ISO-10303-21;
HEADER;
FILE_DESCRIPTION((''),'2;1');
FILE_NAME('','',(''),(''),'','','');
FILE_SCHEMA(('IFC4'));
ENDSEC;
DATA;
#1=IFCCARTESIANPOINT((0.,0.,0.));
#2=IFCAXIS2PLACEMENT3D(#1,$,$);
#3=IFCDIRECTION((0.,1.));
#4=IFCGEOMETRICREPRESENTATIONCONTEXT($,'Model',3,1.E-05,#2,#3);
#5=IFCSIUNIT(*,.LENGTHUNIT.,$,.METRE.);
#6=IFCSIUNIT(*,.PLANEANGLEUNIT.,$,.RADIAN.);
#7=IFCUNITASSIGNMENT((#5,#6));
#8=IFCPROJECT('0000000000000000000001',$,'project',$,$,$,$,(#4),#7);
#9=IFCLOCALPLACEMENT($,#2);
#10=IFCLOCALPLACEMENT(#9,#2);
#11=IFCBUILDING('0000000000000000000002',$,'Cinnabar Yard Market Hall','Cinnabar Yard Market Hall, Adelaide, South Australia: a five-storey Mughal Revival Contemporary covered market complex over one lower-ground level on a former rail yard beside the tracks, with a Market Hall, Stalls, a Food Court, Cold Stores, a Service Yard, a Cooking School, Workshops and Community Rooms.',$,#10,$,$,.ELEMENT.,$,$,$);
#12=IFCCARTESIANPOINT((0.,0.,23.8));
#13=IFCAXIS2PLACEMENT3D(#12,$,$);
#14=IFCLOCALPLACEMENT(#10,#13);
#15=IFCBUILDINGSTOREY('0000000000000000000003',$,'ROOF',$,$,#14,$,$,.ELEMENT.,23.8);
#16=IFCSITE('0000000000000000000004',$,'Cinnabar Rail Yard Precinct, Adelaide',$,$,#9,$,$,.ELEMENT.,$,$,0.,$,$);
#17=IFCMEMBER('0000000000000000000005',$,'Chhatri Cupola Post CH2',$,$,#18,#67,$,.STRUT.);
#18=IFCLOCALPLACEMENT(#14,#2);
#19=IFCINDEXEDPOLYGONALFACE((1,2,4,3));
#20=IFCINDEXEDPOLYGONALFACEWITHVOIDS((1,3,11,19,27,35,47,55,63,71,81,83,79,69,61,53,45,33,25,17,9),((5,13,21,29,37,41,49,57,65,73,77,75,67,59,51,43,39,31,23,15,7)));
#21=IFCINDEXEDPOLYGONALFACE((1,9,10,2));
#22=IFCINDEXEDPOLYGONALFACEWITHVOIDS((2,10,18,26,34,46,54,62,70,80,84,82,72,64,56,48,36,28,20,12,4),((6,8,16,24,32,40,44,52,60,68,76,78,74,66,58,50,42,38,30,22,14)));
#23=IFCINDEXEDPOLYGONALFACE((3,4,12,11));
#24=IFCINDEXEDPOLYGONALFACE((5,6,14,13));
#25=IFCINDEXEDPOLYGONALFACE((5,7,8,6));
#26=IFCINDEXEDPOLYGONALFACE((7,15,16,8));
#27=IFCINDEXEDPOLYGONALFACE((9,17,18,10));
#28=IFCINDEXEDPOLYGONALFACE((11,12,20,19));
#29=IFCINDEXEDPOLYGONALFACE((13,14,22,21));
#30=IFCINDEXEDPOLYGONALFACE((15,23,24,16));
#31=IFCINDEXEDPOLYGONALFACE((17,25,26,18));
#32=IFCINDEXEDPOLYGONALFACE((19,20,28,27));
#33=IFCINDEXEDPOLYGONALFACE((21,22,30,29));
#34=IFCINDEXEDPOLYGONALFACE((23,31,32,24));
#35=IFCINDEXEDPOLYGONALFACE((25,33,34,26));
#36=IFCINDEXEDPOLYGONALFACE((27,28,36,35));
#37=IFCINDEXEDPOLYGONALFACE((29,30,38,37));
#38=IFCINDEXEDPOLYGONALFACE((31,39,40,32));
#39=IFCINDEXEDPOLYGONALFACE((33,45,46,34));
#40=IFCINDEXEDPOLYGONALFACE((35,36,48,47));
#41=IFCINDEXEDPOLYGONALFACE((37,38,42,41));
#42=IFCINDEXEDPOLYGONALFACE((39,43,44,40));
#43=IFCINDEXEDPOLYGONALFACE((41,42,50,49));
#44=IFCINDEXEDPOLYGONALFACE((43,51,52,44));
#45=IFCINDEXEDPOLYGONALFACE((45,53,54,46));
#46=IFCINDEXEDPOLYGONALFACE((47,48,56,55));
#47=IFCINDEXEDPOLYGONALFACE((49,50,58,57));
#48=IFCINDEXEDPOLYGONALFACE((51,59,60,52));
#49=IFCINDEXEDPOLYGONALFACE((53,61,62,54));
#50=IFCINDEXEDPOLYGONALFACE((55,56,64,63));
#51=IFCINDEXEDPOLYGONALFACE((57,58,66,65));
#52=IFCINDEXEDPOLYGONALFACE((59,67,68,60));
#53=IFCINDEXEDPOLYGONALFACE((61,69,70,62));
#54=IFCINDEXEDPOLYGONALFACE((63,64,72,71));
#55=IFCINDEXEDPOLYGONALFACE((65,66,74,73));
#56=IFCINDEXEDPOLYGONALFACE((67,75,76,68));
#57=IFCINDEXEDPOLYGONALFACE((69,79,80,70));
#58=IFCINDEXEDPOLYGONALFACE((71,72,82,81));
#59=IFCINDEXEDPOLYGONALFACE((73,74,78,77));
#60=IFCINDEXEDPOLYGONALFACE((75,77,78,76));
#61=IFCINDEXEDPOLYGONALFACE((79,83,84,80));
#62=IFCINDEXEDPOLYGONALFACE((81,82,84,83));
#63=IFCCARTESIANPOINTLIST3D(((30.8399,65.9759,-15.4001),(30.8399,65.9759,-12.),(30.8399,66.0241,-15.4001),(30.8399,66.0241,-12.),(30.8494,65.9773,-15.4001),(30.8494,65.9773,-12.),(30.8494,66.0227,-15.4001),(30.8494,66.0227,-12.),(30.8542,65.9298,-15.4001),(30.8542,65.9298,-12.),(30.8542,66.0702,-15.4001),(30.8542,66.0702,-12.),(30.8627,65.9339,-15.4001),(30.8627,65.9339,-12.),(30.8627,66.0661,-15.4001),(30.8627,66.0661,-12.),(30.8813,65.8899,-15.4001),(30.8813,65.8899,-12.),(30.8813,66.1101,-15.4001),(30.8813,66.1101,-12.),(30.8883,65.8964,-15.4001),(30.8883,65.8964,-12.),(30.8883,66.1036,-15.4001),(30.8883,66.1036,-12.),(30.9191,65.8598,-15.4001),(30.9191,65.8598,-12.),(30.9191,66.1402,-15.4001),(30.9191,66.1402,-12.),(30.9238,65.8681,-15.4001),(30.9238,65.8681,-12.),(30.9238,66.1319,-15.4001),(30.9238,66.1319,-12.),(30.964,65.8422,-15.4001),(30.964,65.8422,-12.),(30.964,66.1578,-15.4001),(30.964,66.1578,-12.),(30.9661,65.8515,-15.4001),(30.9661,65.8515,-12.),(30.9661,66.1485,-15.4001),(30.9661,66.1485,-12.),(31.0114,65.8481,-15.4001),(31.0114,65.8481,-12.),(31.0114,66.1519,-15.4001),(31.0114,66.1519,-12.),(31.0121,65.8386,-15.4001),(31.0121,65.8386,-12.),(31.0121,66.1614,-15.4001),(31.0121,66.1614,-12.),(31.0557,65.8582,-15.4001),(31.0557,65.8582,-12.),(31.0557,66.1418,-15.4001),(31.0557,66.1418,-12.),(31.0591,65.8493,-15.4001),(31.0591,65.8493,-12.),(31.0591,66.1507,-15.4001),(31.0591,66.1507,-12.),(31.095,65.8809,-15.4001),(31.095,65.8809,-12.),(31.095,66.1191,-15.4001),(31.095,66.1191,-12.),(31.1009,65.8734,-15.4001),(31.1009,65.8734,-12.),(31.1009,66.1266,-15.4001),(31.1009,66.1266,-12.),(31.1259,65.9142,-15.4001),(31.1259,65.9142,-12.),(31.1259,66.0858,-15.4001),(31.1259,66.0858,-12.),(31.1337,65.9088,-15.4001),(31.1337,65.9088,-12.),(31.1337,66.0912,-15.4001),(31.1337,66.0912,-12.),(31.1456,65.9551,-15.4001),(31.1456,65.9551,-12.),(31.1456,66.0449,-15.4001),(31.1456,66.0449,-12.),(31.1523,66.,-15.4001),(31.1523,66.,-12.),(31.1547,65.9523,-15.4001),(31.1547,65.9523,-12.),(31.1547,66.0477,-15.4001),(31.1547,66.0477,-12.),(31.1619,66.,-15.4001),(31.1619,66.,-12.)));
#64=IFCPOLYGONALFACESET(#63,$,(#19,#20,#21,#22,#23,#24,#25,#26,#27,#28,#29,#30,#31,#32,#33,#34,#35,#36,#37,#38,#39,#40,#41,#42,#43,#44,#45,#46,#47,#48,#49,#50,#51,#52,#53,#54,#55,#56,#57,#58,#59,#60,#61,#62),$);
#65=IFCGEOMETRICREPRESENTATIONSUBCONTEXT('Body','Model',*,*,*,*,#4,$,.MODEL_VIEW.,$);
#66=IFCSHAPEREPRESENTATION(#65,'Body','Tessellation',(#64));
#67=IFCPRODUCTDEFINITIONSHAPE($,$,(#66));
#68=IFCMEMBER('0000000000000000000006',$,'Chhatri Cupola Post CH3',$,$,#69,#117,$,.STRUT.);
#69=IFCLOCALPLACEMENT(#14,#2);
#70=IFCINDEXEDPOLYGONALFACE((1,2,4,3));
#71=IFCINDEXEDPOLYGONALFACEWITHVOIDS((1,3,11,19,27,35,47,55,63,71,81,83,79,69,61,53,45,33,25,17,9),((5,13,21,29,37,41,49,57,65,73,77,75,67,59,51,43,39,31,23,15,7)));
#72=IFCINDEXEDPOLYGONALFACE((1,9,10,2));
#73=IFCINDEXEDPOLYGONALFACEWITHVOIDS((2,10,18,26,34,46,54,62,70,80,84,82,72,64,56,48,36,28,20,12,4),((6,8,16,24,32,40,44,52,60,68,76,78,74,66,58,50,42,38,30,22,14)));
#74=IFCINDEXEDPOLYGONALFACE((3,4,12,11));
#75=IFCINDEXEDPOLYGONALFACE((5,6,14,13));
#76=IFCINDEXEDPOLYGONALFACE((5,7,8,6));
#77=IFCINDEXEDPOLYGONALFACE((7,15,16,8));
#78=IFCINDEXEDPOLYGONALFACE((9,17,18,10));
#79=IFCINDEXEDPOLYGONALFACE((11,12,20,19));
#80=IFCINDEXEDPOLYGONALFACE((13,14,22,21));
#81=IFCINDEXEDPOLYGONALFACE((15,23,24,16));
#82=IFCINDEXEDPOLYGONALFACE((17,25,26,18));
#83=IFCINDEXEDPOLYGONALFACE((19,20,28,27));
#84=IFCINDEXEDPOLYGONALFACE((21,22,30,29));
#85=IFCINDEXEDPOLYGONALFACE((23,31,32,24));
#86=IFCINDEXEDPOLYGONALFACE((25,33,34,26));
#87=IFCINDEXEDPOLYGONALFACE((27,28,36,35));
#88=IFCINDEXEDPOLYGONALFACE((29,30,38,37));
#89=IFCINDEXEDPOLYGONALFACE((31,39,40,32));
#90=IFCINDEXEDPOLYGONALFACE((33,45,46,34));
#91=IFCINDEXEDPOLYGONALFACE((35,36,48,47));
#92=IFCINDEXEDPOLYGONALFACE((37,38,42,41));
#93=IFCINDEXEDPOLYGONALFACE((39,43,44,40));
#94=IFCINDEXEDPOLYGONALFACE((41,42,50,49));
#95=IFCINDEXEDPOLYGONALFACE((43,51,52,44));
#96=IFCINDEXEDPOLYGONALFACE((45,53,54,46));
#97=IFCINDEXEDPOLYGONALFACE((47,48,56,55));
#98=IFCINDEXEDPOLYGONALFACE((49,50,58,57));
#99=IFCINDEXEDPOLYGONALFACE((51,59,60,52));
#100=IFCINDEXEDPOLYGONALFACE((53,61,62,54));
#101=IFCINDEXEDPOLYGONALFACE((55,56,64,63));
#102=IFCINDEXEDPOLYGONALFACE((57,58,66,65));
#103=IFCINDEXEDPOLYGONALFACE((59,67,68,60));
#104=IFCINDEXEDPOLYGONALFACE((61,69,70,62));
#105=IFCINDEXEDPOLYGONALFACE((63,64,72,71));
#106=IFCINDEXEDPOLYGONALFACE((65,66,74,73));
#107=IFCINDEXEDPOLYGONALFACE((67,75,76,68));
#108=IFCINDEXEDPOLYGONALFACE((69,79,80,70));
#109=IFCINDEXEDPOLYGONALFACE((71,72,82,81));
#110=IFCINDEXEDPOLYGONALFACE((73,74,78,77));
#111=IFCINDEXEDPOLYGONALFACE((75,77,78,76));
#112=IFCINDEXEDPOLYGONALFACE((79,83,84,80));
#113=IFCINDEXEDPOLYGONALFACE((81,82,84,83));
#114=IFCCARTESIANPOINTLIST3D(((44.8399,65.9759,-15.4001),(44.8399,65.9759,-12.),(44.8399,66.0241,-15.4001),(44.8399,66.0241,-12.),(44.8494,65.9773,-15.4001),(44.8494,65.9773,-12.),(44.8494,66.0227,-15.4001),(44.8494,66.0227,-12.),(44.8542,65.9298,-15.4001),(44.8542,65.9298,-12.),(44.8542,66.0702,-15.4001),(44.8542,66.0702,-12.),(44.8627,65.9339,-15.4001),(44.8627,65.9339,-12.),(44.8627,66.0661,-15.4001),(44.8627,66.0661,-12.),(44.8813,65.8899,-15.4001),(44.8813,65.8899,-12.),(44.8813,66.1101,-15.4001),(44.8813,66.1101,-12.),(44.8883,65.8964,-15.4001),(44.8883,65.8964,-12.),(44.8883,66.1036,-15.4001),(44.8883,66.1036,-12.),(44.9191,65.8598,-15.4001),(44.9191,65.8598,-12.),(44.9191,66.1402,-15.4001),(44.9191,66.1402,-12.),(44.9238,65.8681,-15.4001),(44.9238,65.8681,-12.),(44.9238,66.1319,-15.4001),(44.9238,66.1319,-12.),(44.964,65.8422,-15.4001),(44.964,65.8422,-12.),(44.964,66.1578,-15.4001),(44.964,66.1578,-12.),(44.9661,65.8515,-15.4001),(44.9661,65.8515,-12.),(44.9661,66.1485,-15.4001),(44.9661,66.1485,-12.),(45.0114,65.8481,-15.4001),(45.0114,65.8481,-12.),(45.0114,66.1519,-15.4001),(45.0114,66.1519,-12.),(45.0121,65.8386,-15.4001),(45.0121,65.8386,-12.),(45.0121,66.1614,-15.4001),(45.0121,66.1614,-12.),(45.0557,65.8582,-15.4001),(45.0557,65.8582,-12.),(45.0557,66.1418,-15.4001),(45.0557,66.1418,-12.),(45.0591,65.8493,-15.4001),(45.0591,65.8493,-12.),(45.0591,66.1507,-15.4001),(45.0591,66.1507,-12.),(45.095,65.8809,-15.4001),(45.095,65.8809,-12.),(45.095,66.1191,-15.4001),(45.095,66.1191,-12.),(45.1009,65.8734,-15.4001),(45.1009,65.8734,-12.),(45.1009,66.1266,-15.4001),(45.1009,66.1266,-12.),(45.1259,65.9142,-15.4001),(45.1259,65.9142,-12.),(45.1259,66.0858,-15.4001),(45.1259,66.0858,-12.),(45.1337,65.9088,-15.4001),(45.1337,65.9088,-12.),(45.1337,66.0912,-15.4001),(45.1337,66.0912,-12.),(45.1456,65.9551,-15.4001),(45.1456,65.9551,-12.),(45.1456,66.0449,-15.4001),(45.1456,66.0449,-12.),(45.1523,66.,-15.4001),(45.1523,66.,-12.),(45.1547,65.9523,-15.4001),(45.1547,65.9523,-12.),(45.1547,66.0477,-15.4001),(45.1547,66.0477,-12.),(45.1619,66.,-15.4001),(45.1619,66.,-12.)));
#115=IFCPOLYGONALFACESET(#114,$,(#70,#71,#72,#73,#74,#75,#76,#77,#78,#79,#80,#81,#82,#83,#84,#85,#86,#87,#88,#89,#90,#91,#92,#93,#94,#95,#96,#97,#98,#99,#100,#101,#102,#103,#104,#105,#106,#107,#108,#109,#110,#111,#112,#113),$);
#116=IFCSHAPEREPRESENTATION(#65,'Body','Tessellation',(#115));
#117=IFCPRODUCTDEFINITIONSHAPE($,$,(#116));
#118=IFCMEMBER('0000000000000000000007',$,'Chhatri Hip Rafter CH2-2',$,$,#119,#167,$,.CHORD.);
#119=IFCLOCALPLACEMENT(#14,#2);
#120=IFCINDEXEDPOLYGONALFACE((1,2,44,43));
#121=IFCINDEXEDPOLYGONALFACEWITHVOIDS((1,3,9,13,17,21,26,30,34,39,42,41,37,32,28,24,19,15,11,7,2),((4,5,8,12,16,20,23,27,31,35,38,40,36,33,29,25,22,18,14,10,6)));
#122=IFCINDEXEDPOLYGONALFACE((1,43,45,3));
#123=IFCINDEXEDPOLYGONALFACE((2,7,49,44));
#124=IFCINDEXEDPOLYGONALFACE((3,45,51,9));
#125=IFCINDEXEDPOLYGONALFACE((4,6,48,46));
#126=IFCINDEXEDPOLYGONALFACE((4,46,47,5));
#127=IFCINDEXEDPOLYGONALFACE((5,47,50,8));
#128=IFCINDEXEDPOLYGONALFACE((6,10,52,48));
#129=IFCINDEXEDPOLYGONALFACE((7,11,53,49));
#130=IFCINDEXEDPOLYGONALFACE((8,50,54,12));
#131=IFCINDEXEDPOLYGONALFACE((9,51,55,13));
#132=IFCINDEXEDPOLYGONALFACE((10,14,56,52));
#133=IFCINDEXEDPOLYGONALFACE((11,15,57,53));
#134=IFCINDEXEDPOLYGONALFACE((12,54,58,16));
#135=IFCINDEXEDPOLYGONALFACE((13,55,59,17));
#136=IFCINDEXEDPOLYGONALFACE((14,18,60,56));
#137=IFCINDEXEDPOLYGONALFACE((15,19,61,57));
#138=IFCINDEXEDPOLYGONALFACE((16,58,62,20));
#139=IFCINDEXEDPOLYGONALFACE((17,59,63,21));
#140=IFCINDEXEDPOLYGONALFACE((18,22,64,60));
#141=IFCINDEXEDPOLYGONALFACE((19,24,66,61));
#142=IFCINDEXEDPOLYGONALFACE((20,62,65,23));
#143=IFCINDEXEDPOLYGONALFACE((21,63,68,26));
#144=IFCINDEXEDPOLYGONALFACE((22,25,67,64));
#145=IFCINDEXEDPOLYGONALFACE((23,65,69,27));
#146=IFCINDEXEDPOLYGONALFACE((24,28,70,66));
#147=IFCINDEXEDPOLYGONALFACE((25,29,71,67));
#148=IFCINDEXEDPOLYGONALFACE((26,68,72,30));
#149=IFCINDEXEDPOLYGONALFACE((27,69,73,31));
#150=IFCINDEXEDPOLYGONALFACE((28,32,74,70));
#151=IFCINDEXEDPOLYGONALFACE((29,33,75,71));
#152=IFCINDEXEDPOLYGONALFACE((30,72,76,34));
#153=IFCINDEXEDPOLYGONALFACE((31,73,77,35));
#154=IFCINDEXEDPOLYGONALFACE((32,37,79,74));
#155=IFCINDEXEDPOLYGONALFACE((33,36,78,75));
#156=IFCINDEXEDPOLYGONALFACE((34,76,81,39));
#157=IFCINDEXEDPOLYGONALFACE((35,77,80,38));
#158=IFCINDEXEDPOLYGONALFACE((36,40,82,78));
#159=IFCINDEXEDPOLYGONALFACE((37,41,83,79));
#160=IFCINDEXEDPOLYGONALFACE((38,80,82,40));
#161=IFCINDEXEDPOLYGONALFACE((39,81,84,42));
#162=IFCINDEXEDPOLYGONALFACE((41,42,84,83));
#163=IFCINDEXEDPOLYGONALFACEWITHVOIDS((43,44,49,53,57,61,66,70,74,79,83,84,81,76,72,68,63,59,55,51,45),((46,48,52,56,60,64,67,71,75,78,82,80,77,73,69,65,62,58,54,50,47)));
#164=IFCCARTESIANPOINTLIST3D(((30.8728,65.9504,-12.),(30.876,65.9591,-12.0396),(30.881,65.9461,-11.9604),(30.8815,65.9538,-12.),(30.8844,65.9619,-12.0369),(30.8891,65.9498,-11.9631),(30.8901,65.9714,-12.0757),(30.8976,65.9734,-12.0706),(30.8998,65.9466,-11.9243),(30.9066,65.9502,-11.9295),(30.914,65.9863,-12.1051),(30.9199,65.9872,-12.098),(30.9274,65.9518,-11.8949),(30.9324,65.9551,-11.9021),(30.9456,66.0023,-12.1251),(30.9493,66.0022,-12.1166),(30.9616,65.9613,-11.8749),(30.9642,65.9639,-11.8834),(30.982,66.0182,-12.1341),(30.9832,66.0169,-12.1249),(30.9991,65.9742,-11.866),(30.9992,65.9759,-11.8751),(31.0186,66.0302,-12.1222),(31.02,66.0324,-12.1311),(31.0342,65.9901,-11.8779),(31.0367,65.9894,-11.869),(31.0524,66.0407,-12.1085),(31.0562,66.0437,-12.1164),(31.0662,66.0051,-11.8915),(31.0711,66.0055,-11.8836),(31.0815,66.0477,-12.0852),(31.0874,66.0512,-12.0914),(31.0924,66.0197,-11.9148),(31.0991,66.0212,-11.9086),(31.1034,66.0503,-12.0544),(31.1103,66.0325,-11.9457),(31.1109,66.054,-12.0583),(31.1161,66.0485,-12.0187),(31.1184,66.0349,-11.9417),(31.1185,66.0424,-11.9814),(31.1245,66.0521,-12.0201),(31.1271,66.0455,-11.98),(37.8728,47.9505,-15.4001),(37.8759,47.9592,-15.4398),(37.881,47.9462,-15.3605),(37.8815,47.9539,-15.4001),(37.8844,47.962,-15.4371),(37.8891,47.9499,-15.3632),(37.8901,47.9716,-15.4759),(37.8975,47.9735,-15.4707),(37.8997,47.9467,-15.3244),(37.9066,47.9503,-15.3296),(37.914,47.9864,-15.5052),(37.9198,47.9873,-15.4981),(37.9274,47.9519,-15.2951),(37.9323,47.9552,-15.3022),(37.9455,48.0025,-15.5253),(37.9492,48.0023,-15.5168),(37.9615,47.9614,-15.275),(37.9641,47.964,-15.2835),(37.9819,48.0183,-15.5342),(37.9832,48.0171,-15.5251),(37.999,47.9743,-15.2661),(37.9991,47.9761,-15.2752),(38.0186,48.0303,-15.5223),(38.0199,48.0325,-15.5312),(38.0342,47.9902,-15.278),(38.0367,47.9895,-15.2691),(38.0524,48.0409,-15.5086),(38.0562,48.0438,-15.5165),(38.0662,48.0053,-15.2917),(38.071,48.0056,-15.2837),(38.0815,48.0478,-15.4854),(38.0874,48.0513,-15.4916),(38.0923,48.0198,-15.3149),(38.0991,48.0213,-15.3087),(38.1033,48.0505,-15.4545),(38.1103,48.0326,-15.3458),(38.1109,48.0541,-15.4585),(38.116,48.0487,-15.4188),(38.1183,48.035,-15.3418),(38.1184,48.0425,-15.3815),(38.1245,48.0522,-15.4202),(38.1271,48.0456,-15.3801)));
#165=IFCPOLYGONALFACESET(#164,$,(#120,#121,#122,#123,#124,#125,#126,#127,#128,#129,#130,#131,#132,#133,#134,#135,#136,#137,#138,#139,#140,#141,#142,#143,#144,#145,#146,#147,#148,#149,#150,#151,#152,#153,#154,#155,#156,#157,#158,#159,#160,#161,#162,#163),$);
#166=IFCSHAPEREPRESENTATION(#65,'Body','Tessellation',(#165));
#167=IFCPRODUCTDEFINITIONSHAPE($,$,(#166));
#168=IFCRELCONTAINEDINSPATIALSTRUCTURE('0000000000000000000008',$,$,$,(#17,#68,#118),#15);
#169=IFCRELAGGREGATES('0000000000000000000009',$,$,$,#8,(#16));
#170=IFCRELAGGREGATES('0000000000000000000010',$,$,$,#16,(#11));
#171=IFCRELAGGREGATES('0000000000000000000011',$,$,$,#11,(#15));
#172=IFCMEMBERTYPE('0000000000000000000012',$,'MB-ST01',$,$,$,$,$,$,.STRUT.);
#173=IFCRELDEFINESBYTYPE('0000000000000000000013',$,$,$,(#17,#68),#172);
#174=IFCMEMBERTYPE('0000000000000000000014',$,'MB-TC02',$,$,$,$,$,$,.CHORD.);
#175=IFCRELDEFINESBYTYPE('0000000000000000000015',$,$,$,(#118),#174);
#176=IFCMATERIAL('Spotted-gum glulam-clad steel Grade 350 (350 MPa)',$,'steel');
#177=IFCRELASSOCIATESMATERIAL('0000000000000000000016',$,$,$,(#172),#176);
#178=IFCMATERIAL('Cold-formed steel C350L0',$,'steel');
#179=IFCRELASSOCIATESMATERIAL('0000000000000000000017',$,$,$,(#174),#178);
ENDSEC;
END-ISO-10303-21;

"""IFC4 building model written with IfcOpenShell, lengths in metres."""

from ifc_helpers import new_model, si_unit, direction, frame, origin, origin_2d_with_axis, place, context, subcontext, project, spatial, hollow_circle, extrude, material, material_profile, profile_set, type_object, element, save


model = new_model("IFC4")

# Units and contexts
model_context = context("Model", 3, precision=1e-05, world=origin(), true_north=direction((0.0, 1.0)))
body_context = subcontext(model_context, "Body", "Model", "MODEL_VIEW")
ifc_project = project(units=[si_unit("LENGTHUNIT", "METRE"), si_unit("PLANEANGLEUNIT", "RADIAN")], contexts=[model_context])

# Site, building, storey
site_placement = place(None, origin())
site = spatial("IfcSite", under=ifc_project, at=site_placement, Name="Cinnabar Rail Yard Precinct, Adelaide", CompositionType="ELEMENT", RefElevation=0.0)
building_placement = place(site_placement, origin())
building = spatial("IfcBuilding", under=site, at=building_placement, Name="Cinnabar Yard Market Hall", Description="Cinnabar Yard Market Hall, Adelaide, South Australia: a five-storey Mughal Revival Contemporary covered market complex over one lower-ground level on a former rail yard beside the tracks, with a Market Hall, Stalls, a Food Court, Cold Stores, a Service Yard, a Cooking School, Workshops and Community Rooms.", CompositionType="ELEMENT")
storey_placement = place(building_placement, frame((0.0, 0.0, 23.8)))
storey = spatial("IfcBuildingStorey", under=building, at=storey_placement, Name="ROOF", CompositionType="ELEMENT", Elevation=23.8)

# Members
ifc_material_1 = material(Name="Spotted-gum glulam-clad steel Grade 350 (350 MPa)", Category="steel")
ifc_material_profile_1 = material_profile(ifc_material_1, hollow_circle(Radius=0.1619, WallThickness=0.0095, at=origin_2d_with_axis()), Name="323.9x9.5CHS")
ifc_profile_set_1 = profile_set([ifc_material_profile_1], Name="Spotted-gum glulam-clad steel Grade 350 (350 MPa)")
member_type_1 = type_object("IfcMemberType", Name="MB-ST01", PredefinedType="STRUT", material=ifc_profile_set_1)
for number, where, z_axis, x_axis, name in (
    (1, (31.0, 66.0, -15.4001), (0.0, 0.0, 1.0), (1.0, 0.0, 0.0), "Chhatri Cupola Post CH2"),
    (2, (45.0, 66.0, -15.4001), (0.0, 0.0, 1.0), (1.0, 0.0, 0.0), "Chhatri Cupola Post CH3"),
):
    element("IfcMember", number, at=place(storey_placement, frame(where, z_axis=z_axis, x_axis=x_axis)), inside=storey, type_object=member_type_1, Name=name, PredefinedType="STRUT", context=body_context, shape_type="SweptSolid", body=[
        extrude(hollow_circle(Radius=0.1619, WallThickness=0.0095, at=origin_2d_with_axis()), origin(), (0.0, 0.0, 1.0), 3.4001),
    ])
ifc_material_2 = material(Name="Cold-formed steel C350L0", Category="steel")
ifc_material_profile_2 = material_profile(ifc_material_2, hollow_circle(Radius=0.1365, WallThickness=0.0093, at=origin_2d_with_axis()), Name="273.1x9.3CHS")
ifc_profile_set_2 = profile_set([ifc_material_profile_2], Name="Cold-formed steel C350L0")
member_type_2 = type_object("IfcMemberType", Name="MB-TC02", PredefinedType="CHORD", material=ifc_profile_set_2)
for number, where, z_axis, x_axis, name in (
    (3, (38.0, 48.0, -15.4001), (-0.356957, 0.917888, 0.173386), (-0.932005, -0.362446, 0.0), "Chhatri Hip Rafter CH2-2"),
):
    element("IfcMember", number, at=place(storey_placement, frame(where, z_axis=z_axis, x_axis=x_axis)), inside=storey, type_object=member_type_2, Name=name, PredefinedType="CHORD", context=body_context, shape_type="SweptSolid", body=[
        extrude(hollow_circle(Radius=0.1365, WallThickness=0.0093, at=origin_2d_with_axis()), origin(), (0.0, 0.0, 1.0), 19.6101),
    ])

save(model, "model.ifc")
